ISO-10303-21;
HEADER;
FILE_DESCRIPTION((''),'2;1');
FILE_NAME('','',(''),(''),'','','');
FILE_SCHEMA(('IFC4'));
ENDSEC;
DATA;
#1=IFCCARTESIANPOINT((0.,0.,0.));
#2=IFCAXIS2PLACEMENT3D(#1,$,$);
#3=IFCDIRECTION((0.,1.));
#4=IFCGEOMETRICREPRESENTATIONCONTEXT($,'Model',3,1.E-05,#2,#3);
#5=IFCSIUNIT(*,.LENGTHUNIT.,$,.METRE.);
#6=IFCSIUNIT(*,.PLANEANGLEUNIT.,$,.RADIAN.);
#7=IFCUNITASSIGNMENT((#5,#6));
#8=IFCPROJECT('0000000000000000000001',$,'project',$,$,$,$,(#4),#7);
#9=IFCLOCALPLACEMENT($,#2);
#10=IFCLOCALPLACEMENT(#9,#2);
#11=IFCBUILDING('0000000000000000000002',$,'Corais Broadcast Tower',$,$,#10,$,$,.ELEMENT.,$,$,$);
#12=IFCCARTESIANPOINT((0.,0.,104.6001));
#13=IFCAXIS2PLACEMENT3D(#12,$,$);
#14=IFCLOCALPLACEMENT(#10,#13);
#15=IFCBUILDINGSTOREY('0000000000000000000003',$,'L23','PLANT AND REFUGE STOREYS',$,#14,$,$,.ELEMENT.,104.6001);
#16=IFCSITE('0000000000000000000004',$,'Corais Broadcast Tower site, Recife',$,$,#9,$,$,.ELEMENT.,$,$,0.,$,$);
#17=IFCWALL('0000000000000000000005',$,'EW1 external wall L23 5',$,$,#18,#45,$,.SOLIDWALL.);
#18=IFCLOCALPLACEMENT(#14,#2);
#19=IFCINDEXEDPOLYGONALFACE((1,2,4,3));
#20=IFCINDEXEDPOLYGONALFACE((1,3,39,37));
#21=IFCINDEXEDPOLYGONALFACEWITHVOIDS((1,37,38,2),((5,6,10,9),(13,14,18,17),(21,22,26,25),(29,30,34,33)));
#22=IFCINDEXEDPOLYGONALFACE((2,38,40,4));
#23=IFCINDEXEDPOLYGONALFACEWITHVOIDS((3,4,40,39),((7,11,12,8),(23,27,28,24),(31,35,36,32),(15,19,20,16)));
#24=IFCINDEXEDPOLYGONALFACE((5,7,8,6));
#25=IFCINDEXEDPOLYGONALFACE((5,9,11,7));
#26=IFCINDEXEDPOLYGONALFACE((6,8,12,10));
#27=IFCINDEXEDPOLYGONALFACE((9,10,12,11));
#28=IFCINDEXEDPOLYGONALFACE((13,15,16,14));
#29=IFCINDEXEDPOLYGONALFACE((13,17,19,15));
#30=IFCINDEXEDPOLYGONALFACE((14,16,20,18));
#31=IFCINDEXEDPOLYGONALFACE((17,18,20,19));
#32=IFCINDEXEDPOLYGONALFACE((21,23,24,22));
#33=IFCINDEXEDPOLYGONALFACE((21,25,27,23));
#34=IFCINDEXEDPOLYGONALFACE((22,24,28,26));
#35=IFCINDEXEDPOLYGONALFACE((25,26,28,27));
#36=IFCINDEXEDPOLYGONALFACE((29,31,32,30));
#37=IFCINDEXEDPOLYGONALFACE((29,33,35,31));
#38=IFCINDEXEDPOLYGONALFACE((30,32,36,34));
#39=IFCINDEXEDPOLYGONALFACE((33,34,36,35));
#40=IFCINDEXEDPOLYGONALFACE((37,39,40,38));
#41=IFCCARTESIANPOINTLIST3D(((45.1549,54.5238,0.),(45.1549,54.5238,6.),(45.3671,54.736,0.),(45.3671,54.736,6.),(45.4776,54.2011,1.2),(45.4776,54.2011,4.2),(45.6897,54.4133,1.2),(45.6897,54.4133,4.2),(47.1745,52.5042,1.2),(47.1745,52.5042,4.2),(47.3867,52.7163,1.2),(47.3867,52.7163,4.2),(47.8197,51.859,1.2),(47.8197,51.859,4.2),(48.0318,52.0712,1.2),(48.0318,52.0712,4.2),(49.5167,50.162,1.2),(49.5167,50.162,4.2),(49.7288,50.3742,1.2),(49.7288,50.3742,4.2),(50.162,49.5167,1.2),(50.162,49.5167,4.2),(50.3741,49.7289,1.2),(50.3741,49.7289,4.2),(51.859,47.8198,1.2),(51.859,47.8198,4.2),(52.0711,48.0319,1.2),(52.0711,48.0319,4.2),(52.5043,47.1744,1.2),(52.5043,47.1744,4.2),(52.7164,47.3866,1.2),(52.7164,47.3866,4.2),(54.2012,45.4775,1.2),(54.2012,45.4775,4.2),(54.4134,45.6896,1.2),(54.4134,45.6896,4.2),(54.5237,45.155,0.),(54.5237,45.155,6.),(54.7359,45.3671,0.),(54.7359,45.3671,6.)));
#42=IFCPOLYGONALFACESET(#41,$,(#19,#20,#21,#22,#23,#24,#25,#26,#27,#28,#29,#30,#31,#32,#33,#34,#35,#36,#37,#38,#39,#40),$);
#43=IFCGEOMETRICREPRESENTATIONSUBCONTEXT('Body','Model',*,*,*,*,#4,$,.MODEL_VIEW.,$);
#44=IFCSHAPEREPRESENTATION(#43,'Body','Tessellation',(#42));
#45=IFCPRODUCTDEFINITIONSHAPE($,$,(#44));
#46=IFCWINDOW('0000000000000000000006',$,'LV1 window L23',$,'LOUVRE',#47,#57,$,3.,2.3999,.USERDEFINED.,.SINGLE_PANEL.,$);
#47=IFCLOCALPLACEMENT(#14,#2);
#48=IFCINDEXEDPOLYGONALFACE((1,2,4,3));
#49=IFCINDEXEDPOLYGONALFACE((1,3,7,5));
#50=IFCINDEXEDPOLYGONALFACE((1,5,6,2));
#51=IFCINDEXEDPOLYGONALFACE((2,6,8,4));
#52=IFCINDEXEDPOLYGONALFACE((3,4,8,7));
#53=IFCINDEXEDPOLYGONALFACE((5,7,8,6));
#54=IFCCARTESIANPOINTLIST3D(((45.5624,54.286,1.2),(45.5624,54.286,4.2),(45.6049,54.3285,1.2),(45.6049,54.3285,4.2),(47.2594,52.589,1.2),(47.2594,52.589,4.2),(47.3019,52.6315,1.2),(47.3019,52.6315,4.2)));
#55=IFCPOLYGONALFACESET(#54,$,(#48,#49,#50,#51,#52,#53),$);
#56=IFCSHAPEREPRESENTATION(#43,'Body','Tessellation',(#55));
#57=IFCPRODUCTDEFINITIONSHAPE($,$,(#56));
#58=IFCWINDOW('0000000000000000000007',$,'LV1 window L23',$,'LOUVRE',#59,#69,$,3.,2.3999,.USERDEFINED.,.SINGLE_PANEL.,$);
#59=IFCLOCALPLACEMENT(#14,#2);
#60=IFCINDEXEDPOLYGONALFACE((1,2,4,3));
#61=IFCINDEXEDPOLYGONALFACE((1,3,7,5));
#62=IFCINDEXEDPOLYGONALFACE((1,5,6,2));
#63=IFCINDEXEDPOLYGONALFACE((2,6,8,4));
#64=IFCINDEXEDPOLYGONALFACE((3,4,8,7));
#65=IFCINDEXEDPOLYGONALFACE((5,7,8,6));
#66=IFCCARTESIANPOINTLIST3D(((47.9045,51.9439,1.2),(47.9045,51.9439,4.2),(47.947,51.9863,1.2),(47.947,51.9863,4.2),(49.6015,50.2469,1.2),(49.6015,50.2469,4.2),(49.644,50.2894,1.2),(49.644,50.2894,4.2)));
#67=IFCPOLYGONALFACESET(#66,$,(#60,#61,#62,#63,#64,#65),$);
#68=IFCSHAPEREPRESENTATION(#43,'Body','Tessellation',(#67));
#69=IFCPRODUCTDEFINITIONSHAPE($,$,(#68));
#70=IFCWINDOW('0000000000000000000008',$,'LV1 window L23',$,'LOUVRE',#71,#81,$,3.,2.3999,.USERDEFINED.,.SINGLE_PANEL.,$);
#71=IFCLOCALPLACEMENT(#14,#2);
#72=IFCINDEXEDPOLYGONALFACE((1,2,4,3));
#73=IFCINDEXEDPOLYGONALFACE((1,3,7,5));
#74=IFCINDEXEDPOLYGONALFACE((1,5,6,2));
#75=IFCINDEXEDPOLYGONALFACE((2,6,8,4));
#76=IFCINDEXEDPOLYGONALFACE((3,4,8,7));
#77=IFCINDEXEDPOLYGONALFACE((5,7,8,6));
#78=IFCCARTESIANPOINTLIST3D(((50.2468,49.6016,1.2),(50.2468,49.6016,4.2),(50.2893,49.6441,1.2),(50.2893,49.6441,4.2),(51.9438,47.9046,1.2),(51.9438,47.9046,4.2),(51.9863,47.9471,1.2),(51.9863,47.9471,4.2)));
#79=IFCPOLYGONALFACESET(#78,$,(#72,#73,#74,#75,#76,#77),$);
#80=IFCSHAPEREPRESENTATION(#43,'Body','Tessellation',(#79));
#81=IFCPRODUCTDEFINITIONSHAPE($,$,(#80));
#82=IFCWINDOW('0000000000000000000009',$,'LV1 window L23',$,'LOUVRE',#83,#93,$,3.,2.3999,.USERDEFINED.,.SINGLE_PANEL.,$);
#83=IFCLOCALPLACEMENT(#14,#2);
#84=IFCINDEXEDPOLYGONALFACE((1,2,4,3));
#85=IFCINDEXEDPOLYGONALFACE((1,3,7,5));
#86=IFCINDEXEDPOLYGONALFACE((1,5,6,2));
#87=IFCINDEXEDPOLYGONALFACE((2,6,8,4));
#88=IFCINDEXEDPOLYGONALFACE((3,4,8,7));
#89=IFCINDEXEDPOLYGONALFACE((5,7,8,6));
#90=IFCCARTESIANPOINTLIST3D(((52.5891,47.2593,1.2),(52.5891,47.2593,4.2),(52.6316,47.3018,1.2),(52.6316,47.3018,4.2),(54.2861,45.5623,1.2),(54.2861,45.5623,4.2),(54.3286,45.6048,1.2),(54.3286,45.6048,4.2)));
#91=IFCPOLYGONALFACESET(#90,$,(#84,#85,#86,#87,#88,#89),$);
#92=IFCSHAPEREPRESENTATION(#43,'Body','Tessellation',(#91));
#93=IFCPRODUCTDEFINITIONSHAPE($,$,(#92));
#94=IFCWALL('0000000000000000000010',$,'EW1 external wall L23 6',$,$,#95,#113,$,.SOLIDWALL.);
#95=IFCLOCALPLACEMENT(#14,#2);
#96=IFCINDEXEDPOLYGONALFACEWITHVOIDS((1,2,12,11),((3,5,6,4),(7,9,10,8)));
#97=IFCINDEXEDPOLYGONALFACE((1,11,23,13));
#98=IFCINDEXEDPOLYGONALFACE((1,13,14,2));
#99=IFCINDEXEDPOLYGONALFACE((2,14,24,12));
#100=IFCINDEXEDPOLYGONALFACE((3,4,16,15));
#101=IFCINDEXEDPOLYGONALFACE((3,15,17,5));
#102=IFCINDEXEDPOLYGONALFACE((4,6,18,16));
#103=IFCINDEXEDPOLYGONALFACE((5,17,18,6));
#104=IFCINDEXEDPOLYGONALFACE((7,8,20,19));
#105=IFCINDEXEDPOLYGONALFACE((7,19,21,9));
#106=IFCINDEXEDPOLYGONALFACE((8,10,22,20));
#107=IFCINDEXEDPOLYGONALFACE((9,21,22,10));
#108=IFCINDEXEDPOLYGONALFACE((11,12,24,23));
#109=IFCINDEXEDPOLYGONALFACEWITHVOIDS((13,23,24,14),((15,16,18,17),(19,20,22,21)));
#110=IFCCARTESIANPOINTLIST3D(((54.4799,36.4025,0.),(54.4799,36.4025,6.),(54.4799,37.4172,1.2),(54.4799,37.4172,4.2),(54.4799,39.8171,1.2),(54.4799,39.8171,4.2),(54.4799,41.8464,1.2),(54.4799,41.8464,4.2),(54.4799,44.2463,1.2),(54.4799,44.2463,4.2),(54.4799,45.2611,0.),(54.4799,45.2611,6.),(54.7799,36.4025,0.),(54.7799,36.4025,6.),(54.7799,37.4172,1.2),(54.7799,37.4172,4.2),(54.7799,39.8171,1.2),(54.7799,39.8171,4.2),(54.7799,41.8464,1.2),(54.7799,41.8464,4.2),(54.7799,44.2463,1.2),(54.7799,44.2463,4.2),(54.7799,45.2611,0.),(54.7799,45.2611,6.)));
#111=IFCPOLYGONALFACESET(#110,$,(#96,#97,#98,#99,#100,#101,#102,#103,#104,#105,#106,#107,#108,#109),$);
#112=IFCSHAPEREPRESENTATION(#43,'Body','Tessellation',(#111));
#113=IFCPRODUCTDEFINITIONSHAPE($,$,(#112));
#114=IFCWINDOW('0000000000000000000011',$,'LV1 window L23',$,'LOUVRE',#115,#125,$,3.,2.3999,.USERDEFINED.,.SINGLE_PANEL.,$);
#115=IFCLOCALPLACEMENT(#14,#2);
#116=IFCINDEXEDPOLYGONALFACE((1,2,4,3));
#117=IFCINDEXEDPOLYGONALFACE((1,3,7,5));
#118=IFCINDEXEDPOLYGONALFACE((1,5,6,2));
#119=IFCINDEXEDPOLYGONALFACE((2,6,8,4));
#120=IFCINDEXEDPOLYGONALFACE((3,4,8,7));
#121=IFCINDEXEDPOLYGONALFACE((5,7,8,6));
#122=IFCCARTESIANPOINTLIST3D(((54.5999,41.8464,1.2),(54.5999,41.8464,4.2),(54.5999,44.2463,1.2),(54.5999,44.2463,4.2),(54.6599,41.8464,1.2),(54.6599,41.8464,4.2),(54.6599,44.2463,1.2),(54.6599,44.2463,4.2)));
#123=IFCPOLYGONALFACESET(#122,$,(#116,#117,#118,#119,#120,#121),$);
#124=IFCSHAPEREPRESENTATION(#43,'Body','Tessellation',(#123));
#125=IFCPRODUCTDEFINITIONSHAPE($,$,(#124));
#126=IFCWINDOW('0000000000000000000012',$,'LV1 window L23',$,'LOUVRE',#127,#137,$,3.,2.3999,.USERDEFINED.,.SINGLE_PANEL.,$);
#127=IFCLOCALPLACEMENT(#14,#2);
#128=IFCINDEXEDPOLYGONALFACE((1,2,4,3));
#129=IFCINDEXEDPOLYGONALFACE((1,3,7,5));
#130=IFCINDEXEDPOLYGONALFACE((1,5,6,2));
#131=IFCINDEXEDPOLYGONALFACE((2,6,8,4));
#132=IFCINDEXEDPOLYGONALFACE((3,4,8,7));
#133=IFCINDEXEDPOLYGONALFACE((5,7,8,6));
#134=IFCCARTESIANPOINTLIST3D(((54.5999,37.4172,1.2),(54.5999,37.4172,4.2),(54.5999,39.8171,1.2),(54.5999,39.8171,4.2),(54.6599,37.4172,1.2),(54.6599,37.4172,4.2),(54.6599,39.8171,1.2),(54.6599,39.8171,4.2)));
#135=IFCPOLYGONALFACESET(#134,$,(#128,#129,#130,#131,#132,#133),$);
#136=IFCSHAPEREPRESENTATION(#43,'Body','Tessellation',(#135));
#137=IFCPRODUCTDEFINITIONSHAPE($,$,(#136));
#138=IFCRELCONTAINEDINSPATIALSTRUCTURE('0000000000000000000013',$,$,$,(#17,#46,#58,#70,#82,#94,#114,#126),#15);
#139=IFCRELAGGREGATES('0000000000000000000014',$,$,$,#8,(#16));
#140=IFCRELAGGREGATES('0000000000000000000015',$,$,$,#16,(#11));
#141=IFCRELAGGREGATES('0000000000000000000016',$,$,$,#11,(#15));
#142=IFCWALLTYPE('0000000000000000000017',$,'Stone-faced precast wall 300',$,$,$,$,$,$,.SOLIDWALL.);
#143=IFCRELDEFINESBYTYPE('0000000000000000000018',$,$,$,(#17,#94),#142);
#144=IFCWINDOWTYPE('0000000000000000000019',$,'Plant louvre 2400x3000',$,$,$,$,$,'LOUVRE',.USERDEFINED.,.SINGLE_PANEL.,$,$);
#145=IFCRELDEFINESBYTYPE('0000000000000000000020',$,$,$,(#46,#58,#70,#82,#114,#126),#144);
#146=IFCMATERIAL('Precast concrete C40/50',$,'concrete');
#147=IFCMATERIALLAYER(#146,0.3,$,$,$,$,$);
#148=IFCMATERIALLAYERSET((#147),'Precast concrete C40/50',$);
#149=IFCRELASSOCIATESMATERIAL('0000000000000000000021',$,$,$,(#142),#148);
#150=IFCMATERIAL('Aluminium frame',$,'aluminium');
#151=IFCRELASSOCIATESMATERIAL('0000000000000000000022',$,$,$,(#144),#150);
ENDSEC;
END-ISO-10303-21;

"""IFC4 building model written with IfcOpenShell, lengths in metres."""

from ifc_helpers import new_model, si_unit, direction, frame, frame_2d, origin, place, context, subcontext, project, spatial, rectangle, extrude, material, layer, layer_set, type_object, element, fill, save


model = new_model("IFC4")

# Units and contexts
model_context = context("Model", 3, precision=1e-05, world=origin(), true_north=direction((0.0, 1.0)))
body_context = subcontext(model_context, "Body", "Model", "MODEL_VIEW")
ifc_project = project(units=[si_unit("LENGTHUNIT", "METRE"), si_unit("PLANEANGLEUNIT", "RADIAN")], contexts=[model_context])

# Site, building, storey
site_placement = place(None, origin())
site = spatial("IfcSite", under=ifc_project, at=site_placement, Name="Corais Broadcast Tower site, Recife", CompositionType="ELEMENT", RefElevation=0.0)
building_placement = place(site_placement, origin())
building = spatial("IfcBuilding", under=site, at=building_placement, Name="Corais Broadcast Tower", CompositionType="ELEMENT")
storey_placement = place(building_placement, frame((0.0, 0.0, 104.6001)))
storey = spatial("IfcBuildingStorey", under=building, at=storey_placement, Name="L23", Description="PLANT AND REFUGE STOREYS", CompositionType="ELEMENT", Elevation=104.6001)

# Walls, openings, windows
ifc_material_1 = material(Name="Precast concrete C40/50", Category="concrete")
ifc_layer_1 = layer(ifc_material_1, 0.3)
ifc_layer_set_1 = layer_set([ifc_layer_1], Name="Precast concrete C40/50")
wall_type_1 = type_object("IfcWallType", Name="Stone-faced precast wall 300", PredefinedType="SOLIDWALL", material=ifc_layer_set_1)
wall_1_placement = place(storey_placement, frame((45.261, 54.6299, 0.0), z_axis=(0.0, 0.0, 1.0), x_axis=(0.707107, -0.707107, 0.0)))
wall_1 = element("IfcWall", 1, at=wall_1_placement, inside=storey, type_object=wall_type_1, Name="EW1 external wall L23 5", PredefinedType="SOLIDWALL", context=body_context, shape_type="SweptSolid", body=[
    extrude(rectangle(XDim=13.2495, YDim=0.3, at=frame_2d((6.6248, 0.0))), origin(), (0.0, 0.0, 1.0), 6.0),
])
opening_1_placement = place(wall_1_placement, frame((0.4563, 0.0, 1.2)))
opening_1 = element("IfcOpeningElement", 2, at=opening_1_placement, cuts=wall_1, PredefinedType="OPENING", context=body_context, shape_type="SweptSolid", body=[
    extrude(rectangle(XDim=2.3999, YDim=3.0, at=frame_2d((1.2, 1.5))), frame((0.0, 0.1599, 0.0), z_axis=(0.0, -1.0, 0.0), x_axis=(1.0, 0.0, 0.0)), (0.0, 0.0, 1.0), 0.3201),
])
opening_2_placement = place(wall_1_placement, frame((3.7686, 0.0, 1.2)))
opening_2 = element("IfcOpeningElement", 3, at=opening_2_placement, cuts=wall_1, PredefinedType="OPENING", context=body_context, shape_type="SweptSolid", body=[
    extrude(rectangle(XDim=2.3999, YDim=3.0, at=frame_2d((1.2, 1.5))), frame((0.0, 0.1599, 0.0), z_axis=(0.0, -1.0, 0.0), x_axis=(1.0, 0.0, 0.0)), (0.0, 0.0, 1.0), 0.3201),
])
opening_3_placement = place(wall_1_placement, frame((7.0811, 0.0, 1.2)))
opening_3 = element("IfcOpeningElement", 4, at=opening_3_placement, cuts=wall_1, PredefinedType="OPENING", context=body_context, shape_type="SweptSolid", body=[
    extrude(rectangle(XDim=2.3999, YDim=3.0, at=frame_2d((1.2, 1.5))), frame((0.0, 0.1599, 0.0), z_axis=(0.0, -1.0, 0.0), x_axis=(1.0, 0.0, 0.0)), (0.0, 0.0, 1.0), 0.3201),
])
opening_4_placement = place(wall_1_placement, frame((10.3936, 0.0, 1.2)))
opening_4 = element("IfcOpeningElement", 5, at=opening_4_placement, cuts=wall_1, PredefinedType="OPENING", context=body_context, shape_type="SweptSolid", body=[
    extrude(rectangle(XDim=2.3999, YDim=3.0, at=frame_2d((1.2, 1.5))), frame((0.0, 0.1599, 0.0), z_axis=(0.0, -1.0, 0.0), x_axis=(1.0, 0.0, 0.0)), (0.0, 0.0, 1.0), 0.3201),
])
ifc_material_2 = material(Name="Aluminium frame", Category="aluminium")
window_type = type_object("IfcWindowType", Name="Plant louvre 2400x3000", ElementType="LOUVRE", PartitioningType="SINGLE_PANEL", PredefinedType="USERDEFINED", material=ifc_material_2)
window_1_placement = place(opening_1_placement, origin())
window_1 = element("IfcWindow", 6, at=window_1_placement, inside=storey, type_object=window_type, Name="LV1 window L23", ObjectType="LOUVRE", OverallHeight=3.0, OverallWidth=2.3999, PartitioningType="SINGLE_PANEL", PredefinedType="USERDEFINED", context=body_context, shape_type="SweptSolid", body=[
    extrude(rectangle(XDim=2.3999, YDim=3.0, at=frame_2d((1.2, 1.5))), frame((0.0, 0.03, 0.0), z_axis=(0.0, -1.0, 0.0), x_axis=(1.0, 0.0, 0.0)), (0.0, 0.0, 1.0), 0.0601),
])
fill(opening_1, window_1)
window_2_placement = place(opening_2_placement, origin())
window_2 = element("IfcWindow", 7, at=window_2_placement, inside=storey, type_object=window_type, Name="LV1 window L23", ObjectType="LOUVRE", OverallHeight=3.0, OverallWidth=2.3999, PartitioningType="SINGLE_PANEL", PredefinedType="USERDEFINED", context=body_context, shape_type="SweptSolid", body=[
    extrude(rectangle(XDim=2.3999, YDim=3.0, at=frame_2d((1.2, 1.5))), frame((0.0, 0.03, 0.0), z_axis=(0.0, -1.0, 0.0), x_axis=(1.0, 0.0, 0.0)), (0.0, 0.0, 1.0), 0.0601),
])
fill(opening_2, window_2)
window_3_placement = place(opening_3_placement, origin())
window_3 = element("IfcWindow", 8, at=window_3_placement, inside=storey, type_object=window_type, Name="LV1 window L23", ObjectType="LOUVRE", OverallHeight=3.0, OverallWidth=2.3999, PartitioningType="SINGLE_PANEL", PredefinedType="USERDEFINED", context=body_context, shape_type="SweptSolid", body=[
    extrude(rectangle(XDim=2.3999, YDim=3.0, at=frame_2d((1.2, 1.5))), frame((0.0, 0.03, 0.0), z_axis=(0.0, -1.0, 0.0), x_axis=(1.0, 0.0, 0.0)), (0.0, 0.0, 1.0), 0.0601),
])
fill(opening_3, window_3)
window_4_placement = place(opening_4_placement, origin())
window_4 = element("IfcWindow", 9, at=window_4_placement, inside=storey, type_object=window_type, Name="LV1 window L23", ObjectType="LOUVRE", OverallHeight=3.0, OverallWidth=2.3999, PartitioningType="SINGLE_PANEL", PredefinedType="USERDEFINED", context=body_context, shape_type="SweptSolid", body=[
    extrude(rectangle(XDim=2.3999, YDim=3.0, at=frame_2d((1.2, 1.5))), frame((0.0, 0.03, 0.0), z_axis=(0.0, -1.0, 0.0), x_axis=(1.0, 0.0, 0.0)), (0.0, 0.0, 1.0), 0.0601),
])
fill(opening_4, window_4)
wall_2_placement = place(storey_placement, frame((54.6299, 45.261, 0.0), z_axis=(0.0, 0.0, 1.0), x_axis=(0.0, -1.0, 0.0)))
wall_2 = element("IfcWall", 10, at=wall_2_placement, inside=storey, type_object=wall_type_1, Name="EW1 external wall L23 6", PredefinedType="SOLIDWALL", context=body_context, shape_type="SweptSolid", body=[
    extrude(rectangle(XDim=8.8586, YDim=0.3, at=frame_2d((4.4292, 0.0))), origin(), (0.0, 0.0, 1.0), 6.0),
])
opening_5_placement = place(wall_2_placement, frame((1.0146, 0.0, 1.2)))
opening_5 = element("IfcOpeningElement", 11, at=opening_5_placement, cuts=wall_2, PredefinedType="OPENING", context=body_context, shape_type="SweptSolid", body=[
    extrude(rectangle(XDim=2.3999, YDim=3.0, at=frame_2d((1.2, 1.5))), frame((0.0, 0.1599, 0.0), z_axis=(0.0, -1.0, 0.0), x_axis=(1.0, 0.0, 0.0)), (0.0, 0.0, 1.0), 0.3201),
])
opening_6_placement = place(wall_2_placement, frame((5.4438, 0.0, 1.2)))
opening_6 = element("IfcOpeningElement", 12, at=opening_6_placement, cuts=wall_2, PredefinedType="OPENING", context=body_context, shape_type="SweptSolid", body=[
    extrude(rectangle(XDim=2.3999, YDim=3.0, at=frame_2d((1.2, 1.5))), frame((0.0, 0.1599, 0.0), z_axis=(0.0, -1.0, 0.0), x_axis=(1.0, 0.0, 0.0)), (0.0, 0.0, 1.0), 0.3201),
])
window_5_placement = place(opening_5_placement, origin())
window_5 = element("IfcWindow", 13, at=window_5_placement, inside=storey, type_object=window_type, Name="LV1 window L23", ObjectType="LOUVRE", OverallHeight=3.0, OverallWidth=2.3999, PartitioningType="SINGLE_PANEL", PredefinedType="USERDEFINED", context=body_context, shape_type="SweptSolid", body=[
    extrude(rectangle(XDim=2.3999, YDim=3.0, at=frame_2d((1.2, 1.5))), frame((0.0, 0.03, 0.0), z_axis=(0.0, -1.0, 0.0), x_axis=(1.0, 0.0, 0.0)), (0.0, 0.0, 1.0), 0.0601),
])
fill(opening_5, window_5)
window_6_placement = place(opening_6_placement, origin())
window_6 = element("IfcWindow", 14, at=window_6_placement, inside=storey, type_object=window_type, Name="LV1 window L23", ObjectType="LOUVRE", OverallHeight=3.0, OverallWidth=2.3999, PartitioningType="SINGLE_PANEL", PredefinedType="USERDEFINED", context=body_context, shape_type="SweptSolid", body=[
    extrude(rectangle(XDim=2.3999, YDim=3.0, at=frame_2d((1.2, 1.5))), frame((0.0, 0.03, 0.0), z_axis=(0.0, -1.0, 0.0), x_axis=(1.0, 0.0, 0.0)), (0.0, 0.0, 1.0), 0.0601),
])
fill(opening_6, window_6)

save(model, "model.ifc")
